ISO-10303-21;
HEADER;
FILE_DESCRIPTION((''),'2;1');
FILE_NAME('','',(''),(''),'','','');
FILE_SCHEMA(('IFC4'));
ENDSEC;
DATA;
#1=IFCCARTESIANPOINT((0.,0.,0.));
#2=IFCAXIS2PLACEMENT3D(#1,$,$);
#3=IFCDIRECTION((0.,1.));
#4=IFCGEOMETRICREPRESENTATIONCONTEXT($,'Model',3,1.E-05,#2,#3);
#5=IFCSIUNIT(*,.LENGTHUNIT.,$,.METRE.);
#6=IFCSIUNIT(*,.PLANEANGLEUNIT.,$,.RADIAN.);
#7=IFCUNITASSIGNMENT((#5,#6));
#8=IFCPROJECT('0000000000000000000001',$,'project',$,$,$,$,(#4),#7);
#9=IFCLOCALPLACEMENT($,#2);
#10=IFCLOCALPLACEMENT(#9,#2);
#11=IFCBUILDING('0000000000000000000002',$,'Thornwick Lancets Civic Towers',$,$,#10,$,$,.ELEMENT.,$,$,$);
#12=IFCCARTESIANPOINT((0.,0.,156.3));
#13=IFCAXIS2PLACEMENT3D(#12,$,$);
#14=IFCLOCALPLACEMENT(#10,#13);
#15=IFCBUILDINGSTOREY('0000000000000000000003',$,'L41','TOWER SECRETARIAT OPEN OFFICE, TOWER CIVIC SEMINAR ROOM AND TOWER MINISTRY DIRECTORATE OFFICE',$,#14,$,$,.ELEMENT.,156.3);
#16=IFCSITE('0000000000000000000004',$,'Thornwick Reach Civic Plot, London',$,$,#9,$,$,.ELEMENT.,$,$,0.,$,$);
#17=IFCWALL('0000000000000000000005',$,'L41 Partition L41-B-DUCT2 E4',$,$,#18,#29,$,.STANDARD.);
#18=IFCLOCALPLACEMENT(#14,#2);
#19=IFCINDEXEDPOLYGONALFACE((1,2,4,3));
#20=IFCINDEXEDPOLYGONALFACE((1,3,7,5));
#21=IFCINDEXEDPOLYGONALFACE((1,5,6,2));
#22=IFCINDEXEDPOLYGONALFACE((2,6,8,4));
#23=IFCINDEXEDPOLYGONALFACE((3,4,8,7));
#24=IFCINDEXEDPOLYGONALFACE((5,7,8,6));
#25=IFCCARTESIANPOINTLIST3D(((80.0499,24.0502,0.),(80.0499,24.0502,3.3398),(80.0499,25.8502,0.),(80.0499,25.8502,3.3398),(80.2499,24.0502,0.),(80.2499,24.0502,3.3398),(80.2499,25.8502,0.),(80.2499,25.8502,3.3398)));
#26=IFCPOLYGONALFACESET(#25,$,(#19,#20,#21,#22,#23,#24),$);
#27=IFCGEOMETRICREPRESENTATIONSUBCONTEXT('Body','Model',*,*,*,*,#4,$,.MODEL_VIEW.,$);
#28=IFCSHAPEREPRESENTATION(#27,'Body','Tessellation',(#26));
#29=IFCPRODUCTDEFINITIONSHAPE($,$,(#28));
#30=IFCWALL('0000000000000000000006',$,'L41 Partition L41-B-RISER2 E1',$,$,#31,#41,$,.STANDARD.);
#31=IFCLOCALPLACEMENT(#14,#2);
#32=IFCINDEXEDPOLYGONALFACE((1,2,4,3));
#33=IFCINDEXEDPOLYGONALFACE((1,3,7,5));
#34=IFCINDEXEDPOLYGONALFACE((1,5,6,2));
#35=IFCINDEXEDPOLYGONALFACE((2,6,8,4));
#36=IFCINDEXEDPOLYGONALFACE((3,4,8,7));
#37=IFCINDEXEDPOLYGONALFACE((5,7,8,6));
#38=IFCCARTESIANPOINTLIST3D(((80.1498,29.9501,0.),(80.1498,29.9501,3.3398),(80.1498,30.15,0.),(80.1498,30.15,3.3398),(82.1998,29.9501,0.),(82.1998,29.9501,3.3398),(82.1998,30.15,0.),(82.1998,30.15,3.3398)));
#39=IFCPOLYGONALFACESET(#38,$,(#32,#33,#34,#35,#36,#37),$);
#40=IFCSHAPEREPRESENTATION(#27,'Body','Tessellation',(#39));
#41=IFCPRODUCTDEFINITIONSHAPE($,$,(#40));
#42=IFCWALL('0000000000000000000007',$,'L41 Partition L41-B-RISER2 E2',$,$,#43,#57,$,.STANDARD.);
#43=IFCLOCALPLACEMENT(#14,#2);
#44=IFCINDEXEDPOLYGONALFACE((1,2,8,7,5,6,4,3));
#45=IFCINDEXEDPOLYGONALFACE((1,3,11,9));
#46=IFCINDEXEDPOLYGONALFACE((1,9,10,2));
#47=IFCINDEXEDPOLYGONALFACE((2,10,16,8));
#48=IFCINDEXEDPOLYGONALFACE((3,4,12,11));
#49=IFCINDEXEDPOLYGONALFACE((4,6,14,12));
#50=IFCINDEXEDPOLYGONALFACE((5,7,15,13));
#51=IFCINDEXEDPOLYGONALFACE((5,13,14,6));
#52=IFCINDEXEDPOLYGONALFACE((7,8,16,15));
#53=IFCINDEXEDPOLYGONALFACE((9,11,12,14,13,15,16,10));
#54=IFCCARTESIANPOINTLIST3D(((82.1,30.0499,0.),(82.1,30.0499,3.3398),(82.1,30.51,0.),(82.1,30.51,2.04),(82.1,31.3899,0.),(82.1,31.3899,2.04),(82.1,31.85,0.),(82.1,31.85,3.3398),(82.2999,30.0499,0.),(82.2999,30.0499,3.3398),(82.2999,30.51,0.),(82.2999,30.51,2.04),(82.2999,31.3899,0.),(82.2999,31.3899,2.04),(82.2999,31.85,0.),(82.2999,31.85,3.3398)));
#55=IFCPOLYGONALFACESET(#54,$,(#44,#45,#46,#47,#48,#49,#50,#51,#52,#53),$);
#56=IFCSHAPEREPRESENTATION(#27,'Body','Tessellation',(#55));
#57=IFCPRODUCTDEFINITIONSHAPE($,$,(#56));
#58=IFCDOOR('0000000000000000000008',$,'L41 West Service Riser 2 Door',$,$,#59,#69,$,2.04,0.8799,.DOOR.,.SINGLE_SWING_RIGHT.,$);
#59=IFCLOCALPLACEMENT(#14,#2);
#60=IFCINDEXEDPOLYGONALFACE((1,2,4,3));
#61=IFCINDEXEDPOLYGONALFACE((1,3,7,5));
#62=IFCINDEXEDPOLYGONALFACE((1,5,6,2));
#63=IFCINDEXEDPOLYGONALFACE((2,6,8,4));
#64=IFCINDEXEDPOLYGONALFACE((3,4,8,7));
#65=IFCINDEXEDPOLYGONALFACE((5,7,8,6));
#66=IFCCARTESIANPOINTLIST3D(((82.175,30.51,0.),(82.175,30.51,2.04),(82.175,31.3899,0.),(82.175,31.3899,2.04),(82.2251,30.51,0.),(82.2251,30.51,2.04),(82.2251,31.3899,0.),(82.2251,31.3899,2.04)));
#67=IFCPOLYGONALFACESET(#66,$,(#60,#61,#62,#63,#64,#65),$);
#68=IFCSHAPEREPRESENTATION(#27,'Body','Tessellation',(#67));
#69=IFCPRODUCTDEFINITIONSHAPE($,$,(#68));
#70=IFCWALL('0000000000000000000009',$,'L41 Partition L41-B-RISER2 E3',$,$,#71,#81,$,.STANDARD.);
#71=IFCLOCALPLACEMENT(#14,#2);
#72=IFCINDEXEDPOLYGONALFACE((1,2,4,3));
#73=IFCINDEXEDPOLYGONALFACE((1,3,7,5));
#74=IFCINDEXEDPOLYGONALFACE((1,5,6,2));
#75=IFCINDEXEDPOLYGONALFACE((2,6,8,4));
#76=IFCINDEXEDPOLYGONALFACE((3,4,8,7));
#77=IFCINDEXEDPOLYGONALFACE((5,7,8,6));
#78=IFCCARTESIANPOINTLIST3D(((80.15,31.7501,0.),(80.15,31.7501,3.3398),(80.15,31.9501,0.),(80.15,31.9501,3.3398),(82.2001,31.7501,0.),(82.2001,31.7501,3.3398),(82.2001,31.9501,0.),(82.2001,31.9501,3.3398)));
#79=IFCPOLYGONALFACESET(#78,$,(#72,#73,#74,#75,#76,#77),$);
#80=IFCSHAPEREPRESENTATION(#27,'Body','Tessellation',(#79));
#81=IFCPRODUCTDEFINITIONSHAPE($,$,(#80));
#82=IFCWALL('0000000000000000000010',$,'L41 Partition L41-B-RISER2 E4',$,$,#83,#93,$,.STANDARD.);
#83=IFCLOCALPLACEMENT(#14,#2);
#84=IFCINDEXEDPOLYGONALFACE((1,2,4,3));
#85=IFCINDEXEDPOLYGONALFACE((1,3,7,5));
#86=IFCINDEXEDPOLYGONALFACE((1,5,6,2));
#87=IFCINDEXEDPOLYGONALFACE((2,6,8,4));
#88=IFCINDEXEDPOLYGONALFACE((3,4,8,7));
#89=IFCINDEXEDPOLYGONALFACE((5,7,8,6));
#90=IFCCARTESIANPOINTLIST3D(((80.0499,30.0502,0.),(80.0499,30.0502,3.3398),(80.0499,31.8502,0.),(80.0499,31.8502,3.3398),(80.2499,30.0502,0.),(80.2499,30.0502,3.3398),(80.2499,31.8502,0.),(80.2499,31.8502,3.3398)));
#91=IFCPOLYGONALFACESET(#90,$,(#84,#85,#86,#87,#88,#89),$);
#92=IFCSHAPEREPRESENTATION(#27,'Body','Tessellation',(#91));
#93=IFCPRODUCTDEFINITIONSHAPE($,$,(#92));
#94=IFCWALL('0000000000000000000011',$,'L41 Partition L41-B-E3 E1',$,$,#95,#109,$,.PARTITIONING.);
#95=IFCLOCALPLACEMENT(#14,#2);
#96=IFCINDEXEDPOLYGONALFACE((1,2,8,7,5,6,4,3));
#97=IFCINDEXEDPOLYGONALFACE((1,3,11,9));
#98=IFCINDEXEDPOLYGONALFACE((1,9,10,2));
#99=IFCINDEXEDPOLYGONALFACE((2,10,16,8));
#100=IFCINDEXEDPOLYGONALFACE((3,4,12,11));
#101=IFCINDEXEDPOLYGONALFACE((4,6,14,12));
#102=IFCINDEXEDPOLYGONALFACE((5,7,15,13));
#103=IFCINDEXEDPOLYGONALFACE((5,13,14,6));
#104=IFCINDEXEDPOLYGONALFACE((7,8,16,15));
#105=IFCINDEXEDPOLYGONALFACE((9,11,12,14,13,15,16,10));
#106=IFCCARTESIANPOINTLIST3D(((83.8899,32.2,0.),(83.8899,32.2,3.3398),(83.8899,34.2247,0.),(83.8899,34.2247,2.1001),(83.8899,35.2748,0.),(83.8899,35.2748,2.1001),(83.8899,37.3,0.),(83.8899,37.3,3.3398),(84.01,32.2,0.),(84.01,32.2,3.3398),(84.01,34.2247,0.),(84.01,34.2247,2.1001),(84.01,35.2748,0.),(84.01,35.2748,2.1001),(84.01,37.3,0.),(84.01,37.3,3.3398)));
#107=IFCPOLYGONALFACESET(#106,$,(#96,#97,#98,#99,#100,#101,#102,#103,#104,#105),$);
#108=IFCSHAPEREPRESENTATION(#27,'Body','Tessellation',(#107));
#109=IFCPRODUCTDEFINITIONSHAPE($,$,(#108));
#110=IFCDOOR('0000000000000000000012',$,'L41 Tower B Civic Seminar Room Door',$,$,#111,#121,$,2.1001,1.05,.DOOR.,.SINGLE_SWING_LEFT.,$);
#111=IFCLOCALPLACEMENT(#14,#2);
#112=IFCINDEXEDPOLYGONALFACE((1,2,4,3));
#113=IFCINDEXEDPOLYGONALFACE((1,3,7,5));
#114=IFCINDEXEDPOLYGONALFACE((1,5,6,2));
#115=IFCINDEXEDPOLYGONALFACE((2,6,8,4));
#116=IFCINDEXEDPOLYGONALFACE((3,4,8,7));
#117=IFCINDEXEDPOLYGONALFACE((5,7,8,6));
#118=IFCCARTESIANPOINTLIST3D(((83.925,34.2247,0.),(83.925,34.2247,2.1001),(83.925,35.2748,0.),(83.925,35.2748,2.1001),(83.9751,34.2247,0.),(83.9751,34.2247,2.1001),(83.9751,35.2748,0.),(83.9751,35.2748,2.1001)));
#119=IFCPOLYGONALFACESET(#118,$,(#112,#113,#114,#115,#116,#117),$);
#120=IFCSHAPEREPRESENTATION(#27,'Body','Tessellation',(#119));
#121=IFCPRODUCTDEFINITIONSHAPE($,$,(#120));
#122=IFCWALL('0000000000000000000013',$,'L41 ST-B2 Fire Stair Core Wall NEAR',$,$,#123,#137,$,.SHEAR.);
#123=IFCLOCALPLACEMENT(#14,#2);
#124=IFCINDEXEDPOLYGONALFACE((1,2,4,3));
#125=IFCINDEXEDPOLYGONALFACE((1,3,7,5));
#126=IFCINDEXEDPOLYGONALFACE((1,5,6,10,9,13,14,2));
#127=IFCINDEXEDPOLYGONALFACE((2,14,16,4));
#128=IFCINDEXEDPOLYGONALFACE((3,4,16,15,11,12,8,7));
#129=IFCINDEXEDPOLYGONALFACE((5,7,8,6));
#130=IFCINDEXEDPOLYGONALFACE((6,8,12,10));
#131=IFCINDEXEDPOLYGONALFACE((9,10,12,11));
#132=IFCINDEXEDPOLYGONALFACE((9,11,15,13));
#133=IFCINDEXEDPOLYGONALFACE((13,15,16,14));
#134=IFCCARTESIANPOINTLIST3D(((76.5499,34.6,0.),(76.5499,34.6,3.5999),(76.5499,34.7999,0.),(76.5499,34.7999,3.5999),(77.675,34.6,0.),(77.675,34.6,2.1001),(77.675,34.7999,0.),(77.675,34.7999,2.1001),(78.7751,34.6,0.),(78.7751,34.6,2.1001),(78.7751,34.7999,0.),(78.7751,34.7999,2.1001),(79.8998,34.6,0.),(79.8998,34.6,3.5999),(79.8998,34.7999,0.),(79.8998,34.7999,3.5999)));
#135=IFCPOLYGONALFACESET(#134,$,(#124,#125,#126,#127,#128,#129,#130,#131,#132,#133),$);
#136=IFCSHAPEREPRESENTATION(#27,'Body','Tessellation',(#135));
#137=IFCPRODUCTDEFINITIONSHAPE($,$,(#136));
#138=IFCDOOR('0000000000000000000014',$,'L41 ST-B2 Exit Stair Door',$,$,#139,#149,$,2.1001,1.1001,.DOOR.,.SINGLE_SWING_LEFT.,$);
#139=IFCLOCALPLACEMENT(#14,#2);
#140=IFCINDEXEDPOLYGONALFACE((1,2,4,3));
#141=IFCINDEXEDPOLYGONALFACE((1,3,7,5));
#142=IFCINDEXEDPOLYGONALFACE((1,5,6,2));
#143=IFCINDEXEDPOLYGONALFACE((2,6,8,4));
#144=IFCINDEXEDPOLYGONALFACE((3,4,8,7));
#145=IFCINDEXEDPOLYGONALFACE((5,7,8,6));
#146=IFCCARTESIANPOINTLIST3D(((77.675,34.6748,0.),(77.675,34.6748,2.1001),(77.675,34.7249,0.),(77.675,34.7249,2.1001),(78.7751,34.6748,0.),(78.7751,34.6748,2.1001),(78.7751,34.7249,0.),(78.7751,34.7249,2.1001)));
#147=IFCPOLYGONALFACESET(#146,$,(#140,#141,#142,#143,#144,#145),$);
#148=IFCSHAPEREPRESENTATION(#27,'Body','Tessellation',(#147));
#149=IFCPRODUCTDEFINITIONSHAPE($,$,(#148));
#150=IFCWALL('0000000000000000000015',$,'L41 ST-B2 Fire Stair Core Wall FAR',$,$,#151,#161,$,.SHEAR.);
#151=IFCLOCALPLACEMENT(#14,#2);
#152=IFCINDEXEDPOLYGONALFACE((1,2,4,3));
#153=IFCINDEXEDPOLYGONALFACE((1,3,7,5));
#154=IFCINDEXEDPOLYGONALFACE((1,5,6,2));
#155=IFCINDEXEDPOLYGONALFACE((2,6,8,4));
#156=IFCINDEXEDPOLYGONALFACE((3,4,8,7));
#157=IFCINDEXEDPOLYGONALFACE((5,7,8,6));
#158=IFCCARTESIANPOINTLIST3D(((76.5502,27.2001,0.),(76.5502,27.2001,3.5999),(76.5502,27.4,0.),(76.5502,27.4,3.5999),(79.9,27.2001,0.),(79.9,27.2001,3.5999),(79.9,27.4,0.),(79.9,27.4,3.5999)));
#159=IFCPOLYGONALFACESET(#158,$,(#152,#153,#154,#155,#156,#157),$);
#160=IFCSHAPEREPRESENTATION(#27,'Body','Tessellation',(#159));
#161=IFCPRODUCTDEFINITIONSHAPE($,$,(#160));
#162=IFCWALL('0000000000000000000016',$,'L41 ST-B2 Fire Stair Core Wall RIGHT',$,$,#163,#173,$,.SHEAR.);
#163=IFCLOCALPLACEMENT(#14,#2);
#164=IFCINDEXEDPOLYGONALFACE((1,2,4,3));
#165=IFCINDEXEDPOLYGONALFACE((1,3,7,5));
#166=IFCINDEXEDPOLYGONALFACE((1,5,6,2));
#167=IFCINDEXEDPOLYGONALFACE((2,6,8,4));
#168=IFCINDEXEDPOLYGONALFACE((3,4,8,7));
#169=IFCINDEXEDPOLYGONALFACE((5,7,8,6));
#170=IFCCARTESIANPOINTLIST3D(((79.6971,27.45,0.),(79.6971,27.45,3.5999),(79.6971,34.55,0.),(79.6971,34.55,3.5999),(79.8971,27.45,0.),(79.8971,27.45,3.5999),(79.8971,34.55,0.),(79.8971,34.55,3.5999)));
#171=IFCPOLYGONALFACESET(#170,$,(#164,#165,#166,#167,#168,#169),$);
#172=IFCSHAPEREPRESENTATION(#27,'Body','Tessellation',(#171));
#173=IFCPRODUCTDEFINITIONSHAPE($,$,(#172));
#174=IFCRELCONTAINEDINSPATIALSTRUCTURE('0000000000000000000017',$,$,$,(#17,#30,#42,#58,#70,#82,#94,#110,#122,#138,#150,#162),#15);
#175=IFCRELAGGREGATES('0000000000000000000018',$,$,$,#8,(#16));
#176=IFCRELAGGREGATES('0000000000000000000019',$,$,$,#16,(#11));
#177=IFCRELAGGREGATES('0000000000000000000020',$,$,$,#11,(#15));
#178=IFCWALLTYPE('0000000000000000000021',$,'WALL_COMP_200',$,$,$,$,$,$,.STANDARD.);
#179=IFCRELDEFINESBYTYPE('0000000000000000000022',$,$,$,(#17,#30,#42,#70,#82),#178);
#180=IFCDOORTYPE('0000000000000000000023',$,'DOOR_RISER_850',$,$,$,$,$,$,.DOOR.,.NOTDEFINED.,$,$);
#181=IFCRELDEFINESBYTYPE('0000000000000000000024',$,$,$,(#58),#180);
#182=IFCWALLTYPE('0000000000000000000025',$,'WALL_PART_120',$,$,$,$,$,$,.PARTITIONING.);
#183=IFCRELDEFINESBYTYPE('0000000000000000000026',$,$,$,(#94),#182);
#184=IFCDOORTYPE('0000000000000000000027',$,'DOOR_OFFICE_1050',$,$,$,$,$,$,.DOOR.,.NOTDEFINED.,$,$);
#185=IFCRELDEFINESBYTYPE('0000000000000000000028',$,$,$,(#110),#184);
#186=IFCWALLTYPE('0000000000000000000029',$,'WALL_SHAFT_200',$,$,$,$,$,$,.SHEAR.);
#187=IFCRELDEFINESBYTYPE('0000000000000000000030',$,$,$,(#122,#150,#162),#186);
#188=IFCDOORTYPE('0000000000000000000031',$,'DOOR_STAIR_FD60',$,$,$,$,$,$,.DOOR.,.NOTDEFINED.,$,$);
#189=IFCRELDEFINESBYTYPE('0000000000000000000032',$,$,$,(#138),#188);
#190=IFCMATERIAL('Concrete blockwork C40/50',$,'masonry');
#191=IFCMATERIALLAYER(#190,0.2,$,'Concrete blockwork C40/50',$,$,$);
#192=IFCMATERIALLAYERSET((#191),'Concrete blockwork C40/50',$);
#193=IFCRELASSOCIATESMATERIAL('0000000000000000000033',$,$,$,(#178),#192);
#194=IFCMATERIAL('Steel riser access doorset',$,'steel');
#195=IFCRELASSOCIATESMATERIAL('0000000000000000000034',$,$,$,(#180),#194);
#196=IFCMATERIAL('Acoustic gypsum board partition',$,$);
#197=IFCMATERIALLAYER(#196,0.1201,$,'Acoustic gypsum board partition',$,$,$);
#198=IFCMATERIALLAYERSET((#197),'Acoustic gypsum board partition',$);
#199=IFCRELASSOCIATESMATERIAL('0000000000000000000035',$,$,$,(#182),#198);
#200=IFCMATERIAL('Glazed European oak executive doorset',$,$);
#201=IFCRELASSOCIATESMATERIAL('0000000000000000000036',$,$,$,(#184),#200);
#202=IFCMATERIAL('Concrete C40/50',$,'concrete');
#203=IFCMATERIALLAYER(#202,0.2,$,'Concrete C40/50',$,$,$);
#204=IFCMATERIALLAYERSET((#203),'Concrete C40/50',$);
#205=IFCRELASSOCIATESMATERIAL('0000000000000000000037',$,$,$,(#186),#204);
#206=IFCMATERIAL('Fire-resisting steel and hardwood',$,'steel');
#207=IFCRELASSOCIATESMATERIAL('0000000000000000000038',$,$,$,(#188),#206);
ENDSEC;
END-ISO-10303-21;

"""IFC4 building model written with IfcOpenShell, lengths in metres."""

from ifc_helpers import new_model, si_unit, direction, frame, frame_2d, origin, place, context, subcontext, project, spatial, rectangle, extrude, material, layer, layer_set, type_object, element, fill, save


model = new_model("IFC4")

# Units and contexts
model_context = context("Model", 3, precision=1e-05, world=origin(), true_north=direction((0.0, 1.0)))
body_context = subcontext(model_context, "Body", "Model", "MODEL_VIEW")
ifc_project = project(units=[si_unit("LENGTHUNIT", "METRE"), si_unit("PLANEANGLEUNIT", "RADIAN")], contexts=[model_context])

# Site, building, storey
site_placement = place(None, origin())
site = spatial("IfcSite", under=ifc_project, at=site_placement, Name="Thornwick Reach Civic Plot, London", CompositionType="ELEMENT", RefElevation=0.0)
building_placement = place(site_placement, origin())
building = spatial("IfcBuilding", under=site, at=building_placement, Name="Thornwick Lancets Civic Towers", CompositionType="ELEMENT")
storey_placement = place(building_placement, frame((0.0, 0.0, 156.3)))
storey = spatial("IfcBuildingStorey", under=building, at=storey_placement, Name="L41", Description="TOWER SECRETARIAT OPEN OFFICE, TOWER CIVIC SEMINAR ROOM AND TOWER MINISTRY DIRECTORATE OFFICE", CompositionType="ELEMENT", Elevation=156.3)

# Shared definitions
ifc_material_1 = material(Name="Concrete C40/50", Category="concrete")

# Walls
ifc_material_2 = material(Name="Concrete blockwork C40/50", Category="masonry")
ifc_layer_1 = layer(ifc_material_2, 0.2, Name="Concrete blockwork C40/50")
ifc_layer_set_1 = layer_set([ifc_layer_1], Name="Concrete blockwork C40/50")
wall_type_1 = type_object("IfcWallType", Name="WALL_COMP_200", PredefinedType="STANDARD", material=ifc_layer_set_1)
wall_1_placement = place(storey_placement, frame((80.1499, 25.8501, 0.0), z_axis=(0.0, 0.0, 1.0), x_axis=(0.0, -1.0, 0.0)))
element("IfcWall", 1, at=wall_1_placement, inside=storey, type_object=wall_type_1, Name="L41 Partition L41-B-DUCT2 E4", PredefinedType="STANDARD", context=body_context, shape_type="SweptSolid", body=[
    extrude(rectangle(XDim=1.8, YDim=0.2, at=frame_2d((0.8999, 0.0))), origin(), (0.0, 0.0, 1.0), 3.3398),
])
wall_2_placement = place(storey_placement, frame((80.1499, 30.05, 0.0), z_axis=(0.0, 0.0, 1.0), x_axis=(1.0, 0.0, 0.0)))
element("IfcWall", 2, at=wall_2_placement, inside=storey, type_object=wall_type_1, Name="L41 Partition L41-B-RISER2 E1", PredefinedType="STANDARD", context=body_context, shape_type="SweptSolid", body=[
    extrude(rectangle(XDim=2.05, YDim=0.2, at=frame_2d((1.0249, 0.0))), origin(), (0.0, 0.0, 1.0), 3.3398),
])

# Wall, opening, door
wall_3_placement = place(storey_placement, frame((82.2, 30.05, 0.0), z_axis=(0.0, 0.0, 1.0), x_axis=(0.0, 1.0, 0.0)))
wall_3 = element("IfcWall", 3, at=wall_3_placement, inside=storey, type_object=wall_type_1, Name="L41 Partition L41-B-RISER2 E2", PredefinedType="STANDARD", context=body_context, shape_type="SweptSolid", body=[
    extrude(rectangle(XDim=1.8, YDim=0.2, at=frame_2d((0.8999, 0.0))), origin(), (0.0, 0.0, 1.0), 3.3398),
])
opening_1_placement = place(wall_3_placement, frame((0.46, 0.0, 0.0)))
opening_1 = element("IfcOpeningElement", 4, at=opening_1_placement, cuts=wall_3, PredefinedType="OPENING", context=body_context, shape_type="SweptSolid", body=[
    extrude(rectangle(XDim=0.8799, YDim=2.04, at=frame_2d((0.4399, 1.02))), frame((0.0, 0.1099, 0.0), z_axis=(0.0, -1.0, 0.0), x_axis=(1.0, 0.0, 0.0)), (0.0, 0.0, 1.0), 0.22),
])
ifc_material_3 = material(Name="Steel riser access doorset", Category="steel")
door_type_1 = type_object("IfcDoorType", Name="DOOR_RISER_850", OperationType="NOTDEFINED", PredefinedType="DOOR", material=ifc_material_3)
door_1_placement = place(opening_1_placement, origin())
door_1 = element("IfcDoor", 5, at=door_1_placement, inside=storey, type_object=door_type_1, Name="L41 West Service Riser 2 Door", OperationType="SINGLE_SWING_RIGHT", OverallHeight=2.04, OverallWidth=0.8799, PredefinedType="DOOR", context=body_context, shape_type="SweptSolid", body=[
    extrude(rectangle(XDim=0.8799, YDim=2.04, at=frame_2d((0.4399, 1.02))), frame((0.0, 0.0249, 0.0), z_axis=(0.0, -1.0, 0.0), x_axis=(1.0, 0.0, 0.0)), (0.0, 0.0, 1.0), 0.05),
])
fill(opening_1, door_1)

# Walls
wall_4_placement = place(storey_placement, frame((82.2, 31.8501, 0.0), z_axis=(0.0, 0.0, 1.0), x_axis=(-1.0, 0.0, 0.0)))
element("IfcWall", 6, at=wall_4_placement, inside=storey, type_object=wall_type_1, Name="L41 Partition L41-B-RISER2 E3", PredefinedType="STANDARD", context=body_context, shape_type="SweptSolid", body=[
    extrude(rectangle(XDim=2.05, YDim=0.2, at=frame_2d((1.0249, 0.0))), origin(), (0.0, 0.0, 1.0), 3.3398),
])
wall_5_placement = place(storey_placement, frame((80.1499, 31.8501, 0.0), z_axis=(0.0, 0.0, 1.0), x_axis=(0.0, -1.0, 0.0)))
element("IfcWall", 7, at=wall_5_placement, inside=storey, type_object=wall_type_1, Name="L41 Partition L41-B-RISER2 E4", PredefinedType="STANDARD", context=body_context, shape_type="SweptSolid", body=[
    extrude(rectangle(XDim=1.8, YDim=0.2, at=frame_2d((0.8999, 0.0))), origin(), (0.0, 0.0, 1.0), 3.3398),
])

# Walls, openings, doors
ifc_material_4 = material(Name="Acoustic gypsum board partition")
ifc_layer_2 = layer(ifc_material_4, 0.1201, Name="Acoustic gypsum board partition")
ifc_layer_set_2 = layer_set([ifc_layer_2], Name="Acoustic gypsum board partition")
wall_type_2 = type_object("IfcWallType", Name="WALL_PART_120", PredefinedType="PARTITIONING", material=ifc_layer_set_2)
wall_6_placement = place(storey_placement, frame((83.95, 32.2, 0.0), z_axis=(0.0, 0.0, 1.0), x_axis=(0.0, 1.0, 0.0)))
wall_6 = element("IfcWall", 8, at=wall_6_placement, inside=storey, type_object=wall_type_2, Name="L41 Partition L41-B-E3 E1", PredefinedType="PARTITIONING", context=body_context, shape_type="SweptSolid", body=[
    extrude(rectangle(XDim=5.1001, YDim=0.1201, at=frame_2d((2.55, 0.0))), origin(), (0.0, 0.0, 1.0), 3.3398),
])
opening_2_placement = place(wall_6_placement, frame((2.0249, 0.0, 0.0)))
opening_2 = element("IfcOpeningElement", 9, at=opening_2_placement, cuts=wall_6, PredefinedType="OPENING", context=body_context, shape_type="SweptSolid", body=[
    extrude(rectangle(XDim=1.05, YDim=2.1001, at=frame_2d((0.5249, 1.05))), frame((0.0, 0.0701, 0.0), z_axis=(0.0, -1.0, 0.0), x_axis=(1.0, 0.0, 0.0)), (0.0, 0.0, 1.0), 0.1401),
])
ifc_material_5 = material(Name="Glazed European oak executive doorset")
door_type_2 = type_object("IfcDoorType", Name="DOOR_OFFICE_1050", OperationType="NOTDEFINED", PredefinedType="DOOR", material=ifc_material_5)
door_2_placement = place(opening_2_placement, origin())
door_2 = element("IfcDoor", 10, at=door_2_placement, inside=storey, type_object=door_type_2, Name="L41 Tower B Civic Seminar Room Door", OperationType="SINGLE_SWING_LEFT", OverallHeight=2.1001, OverallWidth=1.05, PredefinedType="DOOR", context=body_context, shape_type="SweptSolid", body=[
    extrude(rectangle(XDim=1.05, YDim=2.1001, at=frame_2d((0.5249, 1.05))), frame((0.0, 0.0249, 0.0), z_axis=(0.0, -1.0, 0.0), x_axis=(1.0, 0.0, 0.0)), (0.0, 0.0, 1.0), 0.05),
])
fill(opening_2, door_2)
ifc_layer_3 = layer(ifc_material_1, 0.2, Name="Concrete C40/50")
ifc_layer_set_3 = layer_set([ifc_layer_3], Name="Concrete C40/50")
wall_type_3 = type_object("IfcWallType", Name="WALL_SHAFT_200", PredefinedType="SHEAR", material=ifc_layer_set_3)
wall_7_placement = place(storey_placement, frame((76.55, 34.7, 0.0), z_axis=(0.0, 0.0, 1.0), x_axis=(1.0, 0.0, 0.0)))
wall_7 = element("IfcWall", 11, at=wall_7_placement, inside=storey, type_object=wall_type_3, Name="L41 ST-B2 Fire Stair Core Wall NEAR", PredefinedType="SHEAR", context=body_context, shape_type="SweptSolid", body=[
    extrude(rectangle(XDim=3.3499, YDim=0.2, at=frame_2d((1.6748, 0.0))), origin(), (0.0, 0.0, 1.0), 3.5999),
])
opening_3_placement = place(wall_7_placement, frame((1.125, 0.0, 0.0)))
opening_3 = element("IfcOpeningElement", 12, at=opening_3_placement, cuts=wall_7, PredefinedType="OPENING", context=body_context, shape_type="SweptSolid", body=[
    extrude(rectangle(XDim=1.1001, YDim=2.1001, at=frame_2d((0.55, 1.05))), frame((0.0, 0.1099, 0.0), z_axis=(0.0, -1.0, 0.0), x_axis=(1.0, 0.0, 0.0)), (0.0, 0.0, 1.0), 0.22),
])
ifc_material_6 = material(Name="Fire-resisting steel and hardwood", Category="steel")
door_type_3 = type_object("IfcDoorType", Name="DOOR_STAIR_FD60", OperationType="NOTDEFINED", PredefinedType="DOOR", material=ifc_material_6)
door_3_placement = place(opening_3_placement, origin())
door_3 = element("IfcDoor", 13, at=door_3_placement, inside=storey, type_object=door_type_3, Name="L41 ST-B2 Exit Stair Door", OperationType="SINGLE_SWING_LEFT", OverallHeight=2.1001, OverallWidth=1.1001, PredefinedType="DOOR", context=body_context, shape_type="SweptSolid", body=[
    extrude(rectangle(XDim=1.1001, YDim=2.1001, at=frame_2d((0.55, 1.05))), frame((0.0, 0.0249, 0.0), z_axis=(0.0, -1.0, 0.0), x_axis=(1.0, 0.0, 0.0)), (0.0, 0.0, 1.0), 0.05),
])
fill(opening_3, door_3)

# Walls
wall_8_placement = place(storey_placement, frame((79.8999, 27.3, 0.0), z_axis=(0.0, 0.0, 1.0), x_axis=(-1.0, 0.0, 0.0)))
element("IfcWall", 14, at=wall_8_placement, inside=storey, type_object=wall_type_3, Name="L41 ST-B2 Fire Stair Core Wall FAR", PredefinedType="SHEAR", context=body_context, shape_type="SweptSolid", body=[
    extrude(rectangle(XDim=3.3499, YDim=0.2, at=frame_2d((1.6748, 0.0))), origin(), (0.0, 0.0, 1.0), 3.5999),
])
wall_9_placement = place(storey_placement, frame((79.7971, 27.45, 0.0), z_axis=(0.0, 0.0, 1.0), x_axis=(0.0, 1.0, 0.0)))
element("IfcWall", 15, at=wall_9_placement, inside=storey, type_object=wall_type_3, Name="L41 ST-B2 Fire Stair Core Wall RIGHT", PredefinedType="SHEAR", context=body_context, shape_type="SweptSolid", body=[
    extrude(rectangle(XDim=7.1001, YDim=0.2, at=frame_2d((3.55, 0.0))), origin(), (0.0, 0.0, 1.0), 3.5999),
])

save(model, "model.ifc")
